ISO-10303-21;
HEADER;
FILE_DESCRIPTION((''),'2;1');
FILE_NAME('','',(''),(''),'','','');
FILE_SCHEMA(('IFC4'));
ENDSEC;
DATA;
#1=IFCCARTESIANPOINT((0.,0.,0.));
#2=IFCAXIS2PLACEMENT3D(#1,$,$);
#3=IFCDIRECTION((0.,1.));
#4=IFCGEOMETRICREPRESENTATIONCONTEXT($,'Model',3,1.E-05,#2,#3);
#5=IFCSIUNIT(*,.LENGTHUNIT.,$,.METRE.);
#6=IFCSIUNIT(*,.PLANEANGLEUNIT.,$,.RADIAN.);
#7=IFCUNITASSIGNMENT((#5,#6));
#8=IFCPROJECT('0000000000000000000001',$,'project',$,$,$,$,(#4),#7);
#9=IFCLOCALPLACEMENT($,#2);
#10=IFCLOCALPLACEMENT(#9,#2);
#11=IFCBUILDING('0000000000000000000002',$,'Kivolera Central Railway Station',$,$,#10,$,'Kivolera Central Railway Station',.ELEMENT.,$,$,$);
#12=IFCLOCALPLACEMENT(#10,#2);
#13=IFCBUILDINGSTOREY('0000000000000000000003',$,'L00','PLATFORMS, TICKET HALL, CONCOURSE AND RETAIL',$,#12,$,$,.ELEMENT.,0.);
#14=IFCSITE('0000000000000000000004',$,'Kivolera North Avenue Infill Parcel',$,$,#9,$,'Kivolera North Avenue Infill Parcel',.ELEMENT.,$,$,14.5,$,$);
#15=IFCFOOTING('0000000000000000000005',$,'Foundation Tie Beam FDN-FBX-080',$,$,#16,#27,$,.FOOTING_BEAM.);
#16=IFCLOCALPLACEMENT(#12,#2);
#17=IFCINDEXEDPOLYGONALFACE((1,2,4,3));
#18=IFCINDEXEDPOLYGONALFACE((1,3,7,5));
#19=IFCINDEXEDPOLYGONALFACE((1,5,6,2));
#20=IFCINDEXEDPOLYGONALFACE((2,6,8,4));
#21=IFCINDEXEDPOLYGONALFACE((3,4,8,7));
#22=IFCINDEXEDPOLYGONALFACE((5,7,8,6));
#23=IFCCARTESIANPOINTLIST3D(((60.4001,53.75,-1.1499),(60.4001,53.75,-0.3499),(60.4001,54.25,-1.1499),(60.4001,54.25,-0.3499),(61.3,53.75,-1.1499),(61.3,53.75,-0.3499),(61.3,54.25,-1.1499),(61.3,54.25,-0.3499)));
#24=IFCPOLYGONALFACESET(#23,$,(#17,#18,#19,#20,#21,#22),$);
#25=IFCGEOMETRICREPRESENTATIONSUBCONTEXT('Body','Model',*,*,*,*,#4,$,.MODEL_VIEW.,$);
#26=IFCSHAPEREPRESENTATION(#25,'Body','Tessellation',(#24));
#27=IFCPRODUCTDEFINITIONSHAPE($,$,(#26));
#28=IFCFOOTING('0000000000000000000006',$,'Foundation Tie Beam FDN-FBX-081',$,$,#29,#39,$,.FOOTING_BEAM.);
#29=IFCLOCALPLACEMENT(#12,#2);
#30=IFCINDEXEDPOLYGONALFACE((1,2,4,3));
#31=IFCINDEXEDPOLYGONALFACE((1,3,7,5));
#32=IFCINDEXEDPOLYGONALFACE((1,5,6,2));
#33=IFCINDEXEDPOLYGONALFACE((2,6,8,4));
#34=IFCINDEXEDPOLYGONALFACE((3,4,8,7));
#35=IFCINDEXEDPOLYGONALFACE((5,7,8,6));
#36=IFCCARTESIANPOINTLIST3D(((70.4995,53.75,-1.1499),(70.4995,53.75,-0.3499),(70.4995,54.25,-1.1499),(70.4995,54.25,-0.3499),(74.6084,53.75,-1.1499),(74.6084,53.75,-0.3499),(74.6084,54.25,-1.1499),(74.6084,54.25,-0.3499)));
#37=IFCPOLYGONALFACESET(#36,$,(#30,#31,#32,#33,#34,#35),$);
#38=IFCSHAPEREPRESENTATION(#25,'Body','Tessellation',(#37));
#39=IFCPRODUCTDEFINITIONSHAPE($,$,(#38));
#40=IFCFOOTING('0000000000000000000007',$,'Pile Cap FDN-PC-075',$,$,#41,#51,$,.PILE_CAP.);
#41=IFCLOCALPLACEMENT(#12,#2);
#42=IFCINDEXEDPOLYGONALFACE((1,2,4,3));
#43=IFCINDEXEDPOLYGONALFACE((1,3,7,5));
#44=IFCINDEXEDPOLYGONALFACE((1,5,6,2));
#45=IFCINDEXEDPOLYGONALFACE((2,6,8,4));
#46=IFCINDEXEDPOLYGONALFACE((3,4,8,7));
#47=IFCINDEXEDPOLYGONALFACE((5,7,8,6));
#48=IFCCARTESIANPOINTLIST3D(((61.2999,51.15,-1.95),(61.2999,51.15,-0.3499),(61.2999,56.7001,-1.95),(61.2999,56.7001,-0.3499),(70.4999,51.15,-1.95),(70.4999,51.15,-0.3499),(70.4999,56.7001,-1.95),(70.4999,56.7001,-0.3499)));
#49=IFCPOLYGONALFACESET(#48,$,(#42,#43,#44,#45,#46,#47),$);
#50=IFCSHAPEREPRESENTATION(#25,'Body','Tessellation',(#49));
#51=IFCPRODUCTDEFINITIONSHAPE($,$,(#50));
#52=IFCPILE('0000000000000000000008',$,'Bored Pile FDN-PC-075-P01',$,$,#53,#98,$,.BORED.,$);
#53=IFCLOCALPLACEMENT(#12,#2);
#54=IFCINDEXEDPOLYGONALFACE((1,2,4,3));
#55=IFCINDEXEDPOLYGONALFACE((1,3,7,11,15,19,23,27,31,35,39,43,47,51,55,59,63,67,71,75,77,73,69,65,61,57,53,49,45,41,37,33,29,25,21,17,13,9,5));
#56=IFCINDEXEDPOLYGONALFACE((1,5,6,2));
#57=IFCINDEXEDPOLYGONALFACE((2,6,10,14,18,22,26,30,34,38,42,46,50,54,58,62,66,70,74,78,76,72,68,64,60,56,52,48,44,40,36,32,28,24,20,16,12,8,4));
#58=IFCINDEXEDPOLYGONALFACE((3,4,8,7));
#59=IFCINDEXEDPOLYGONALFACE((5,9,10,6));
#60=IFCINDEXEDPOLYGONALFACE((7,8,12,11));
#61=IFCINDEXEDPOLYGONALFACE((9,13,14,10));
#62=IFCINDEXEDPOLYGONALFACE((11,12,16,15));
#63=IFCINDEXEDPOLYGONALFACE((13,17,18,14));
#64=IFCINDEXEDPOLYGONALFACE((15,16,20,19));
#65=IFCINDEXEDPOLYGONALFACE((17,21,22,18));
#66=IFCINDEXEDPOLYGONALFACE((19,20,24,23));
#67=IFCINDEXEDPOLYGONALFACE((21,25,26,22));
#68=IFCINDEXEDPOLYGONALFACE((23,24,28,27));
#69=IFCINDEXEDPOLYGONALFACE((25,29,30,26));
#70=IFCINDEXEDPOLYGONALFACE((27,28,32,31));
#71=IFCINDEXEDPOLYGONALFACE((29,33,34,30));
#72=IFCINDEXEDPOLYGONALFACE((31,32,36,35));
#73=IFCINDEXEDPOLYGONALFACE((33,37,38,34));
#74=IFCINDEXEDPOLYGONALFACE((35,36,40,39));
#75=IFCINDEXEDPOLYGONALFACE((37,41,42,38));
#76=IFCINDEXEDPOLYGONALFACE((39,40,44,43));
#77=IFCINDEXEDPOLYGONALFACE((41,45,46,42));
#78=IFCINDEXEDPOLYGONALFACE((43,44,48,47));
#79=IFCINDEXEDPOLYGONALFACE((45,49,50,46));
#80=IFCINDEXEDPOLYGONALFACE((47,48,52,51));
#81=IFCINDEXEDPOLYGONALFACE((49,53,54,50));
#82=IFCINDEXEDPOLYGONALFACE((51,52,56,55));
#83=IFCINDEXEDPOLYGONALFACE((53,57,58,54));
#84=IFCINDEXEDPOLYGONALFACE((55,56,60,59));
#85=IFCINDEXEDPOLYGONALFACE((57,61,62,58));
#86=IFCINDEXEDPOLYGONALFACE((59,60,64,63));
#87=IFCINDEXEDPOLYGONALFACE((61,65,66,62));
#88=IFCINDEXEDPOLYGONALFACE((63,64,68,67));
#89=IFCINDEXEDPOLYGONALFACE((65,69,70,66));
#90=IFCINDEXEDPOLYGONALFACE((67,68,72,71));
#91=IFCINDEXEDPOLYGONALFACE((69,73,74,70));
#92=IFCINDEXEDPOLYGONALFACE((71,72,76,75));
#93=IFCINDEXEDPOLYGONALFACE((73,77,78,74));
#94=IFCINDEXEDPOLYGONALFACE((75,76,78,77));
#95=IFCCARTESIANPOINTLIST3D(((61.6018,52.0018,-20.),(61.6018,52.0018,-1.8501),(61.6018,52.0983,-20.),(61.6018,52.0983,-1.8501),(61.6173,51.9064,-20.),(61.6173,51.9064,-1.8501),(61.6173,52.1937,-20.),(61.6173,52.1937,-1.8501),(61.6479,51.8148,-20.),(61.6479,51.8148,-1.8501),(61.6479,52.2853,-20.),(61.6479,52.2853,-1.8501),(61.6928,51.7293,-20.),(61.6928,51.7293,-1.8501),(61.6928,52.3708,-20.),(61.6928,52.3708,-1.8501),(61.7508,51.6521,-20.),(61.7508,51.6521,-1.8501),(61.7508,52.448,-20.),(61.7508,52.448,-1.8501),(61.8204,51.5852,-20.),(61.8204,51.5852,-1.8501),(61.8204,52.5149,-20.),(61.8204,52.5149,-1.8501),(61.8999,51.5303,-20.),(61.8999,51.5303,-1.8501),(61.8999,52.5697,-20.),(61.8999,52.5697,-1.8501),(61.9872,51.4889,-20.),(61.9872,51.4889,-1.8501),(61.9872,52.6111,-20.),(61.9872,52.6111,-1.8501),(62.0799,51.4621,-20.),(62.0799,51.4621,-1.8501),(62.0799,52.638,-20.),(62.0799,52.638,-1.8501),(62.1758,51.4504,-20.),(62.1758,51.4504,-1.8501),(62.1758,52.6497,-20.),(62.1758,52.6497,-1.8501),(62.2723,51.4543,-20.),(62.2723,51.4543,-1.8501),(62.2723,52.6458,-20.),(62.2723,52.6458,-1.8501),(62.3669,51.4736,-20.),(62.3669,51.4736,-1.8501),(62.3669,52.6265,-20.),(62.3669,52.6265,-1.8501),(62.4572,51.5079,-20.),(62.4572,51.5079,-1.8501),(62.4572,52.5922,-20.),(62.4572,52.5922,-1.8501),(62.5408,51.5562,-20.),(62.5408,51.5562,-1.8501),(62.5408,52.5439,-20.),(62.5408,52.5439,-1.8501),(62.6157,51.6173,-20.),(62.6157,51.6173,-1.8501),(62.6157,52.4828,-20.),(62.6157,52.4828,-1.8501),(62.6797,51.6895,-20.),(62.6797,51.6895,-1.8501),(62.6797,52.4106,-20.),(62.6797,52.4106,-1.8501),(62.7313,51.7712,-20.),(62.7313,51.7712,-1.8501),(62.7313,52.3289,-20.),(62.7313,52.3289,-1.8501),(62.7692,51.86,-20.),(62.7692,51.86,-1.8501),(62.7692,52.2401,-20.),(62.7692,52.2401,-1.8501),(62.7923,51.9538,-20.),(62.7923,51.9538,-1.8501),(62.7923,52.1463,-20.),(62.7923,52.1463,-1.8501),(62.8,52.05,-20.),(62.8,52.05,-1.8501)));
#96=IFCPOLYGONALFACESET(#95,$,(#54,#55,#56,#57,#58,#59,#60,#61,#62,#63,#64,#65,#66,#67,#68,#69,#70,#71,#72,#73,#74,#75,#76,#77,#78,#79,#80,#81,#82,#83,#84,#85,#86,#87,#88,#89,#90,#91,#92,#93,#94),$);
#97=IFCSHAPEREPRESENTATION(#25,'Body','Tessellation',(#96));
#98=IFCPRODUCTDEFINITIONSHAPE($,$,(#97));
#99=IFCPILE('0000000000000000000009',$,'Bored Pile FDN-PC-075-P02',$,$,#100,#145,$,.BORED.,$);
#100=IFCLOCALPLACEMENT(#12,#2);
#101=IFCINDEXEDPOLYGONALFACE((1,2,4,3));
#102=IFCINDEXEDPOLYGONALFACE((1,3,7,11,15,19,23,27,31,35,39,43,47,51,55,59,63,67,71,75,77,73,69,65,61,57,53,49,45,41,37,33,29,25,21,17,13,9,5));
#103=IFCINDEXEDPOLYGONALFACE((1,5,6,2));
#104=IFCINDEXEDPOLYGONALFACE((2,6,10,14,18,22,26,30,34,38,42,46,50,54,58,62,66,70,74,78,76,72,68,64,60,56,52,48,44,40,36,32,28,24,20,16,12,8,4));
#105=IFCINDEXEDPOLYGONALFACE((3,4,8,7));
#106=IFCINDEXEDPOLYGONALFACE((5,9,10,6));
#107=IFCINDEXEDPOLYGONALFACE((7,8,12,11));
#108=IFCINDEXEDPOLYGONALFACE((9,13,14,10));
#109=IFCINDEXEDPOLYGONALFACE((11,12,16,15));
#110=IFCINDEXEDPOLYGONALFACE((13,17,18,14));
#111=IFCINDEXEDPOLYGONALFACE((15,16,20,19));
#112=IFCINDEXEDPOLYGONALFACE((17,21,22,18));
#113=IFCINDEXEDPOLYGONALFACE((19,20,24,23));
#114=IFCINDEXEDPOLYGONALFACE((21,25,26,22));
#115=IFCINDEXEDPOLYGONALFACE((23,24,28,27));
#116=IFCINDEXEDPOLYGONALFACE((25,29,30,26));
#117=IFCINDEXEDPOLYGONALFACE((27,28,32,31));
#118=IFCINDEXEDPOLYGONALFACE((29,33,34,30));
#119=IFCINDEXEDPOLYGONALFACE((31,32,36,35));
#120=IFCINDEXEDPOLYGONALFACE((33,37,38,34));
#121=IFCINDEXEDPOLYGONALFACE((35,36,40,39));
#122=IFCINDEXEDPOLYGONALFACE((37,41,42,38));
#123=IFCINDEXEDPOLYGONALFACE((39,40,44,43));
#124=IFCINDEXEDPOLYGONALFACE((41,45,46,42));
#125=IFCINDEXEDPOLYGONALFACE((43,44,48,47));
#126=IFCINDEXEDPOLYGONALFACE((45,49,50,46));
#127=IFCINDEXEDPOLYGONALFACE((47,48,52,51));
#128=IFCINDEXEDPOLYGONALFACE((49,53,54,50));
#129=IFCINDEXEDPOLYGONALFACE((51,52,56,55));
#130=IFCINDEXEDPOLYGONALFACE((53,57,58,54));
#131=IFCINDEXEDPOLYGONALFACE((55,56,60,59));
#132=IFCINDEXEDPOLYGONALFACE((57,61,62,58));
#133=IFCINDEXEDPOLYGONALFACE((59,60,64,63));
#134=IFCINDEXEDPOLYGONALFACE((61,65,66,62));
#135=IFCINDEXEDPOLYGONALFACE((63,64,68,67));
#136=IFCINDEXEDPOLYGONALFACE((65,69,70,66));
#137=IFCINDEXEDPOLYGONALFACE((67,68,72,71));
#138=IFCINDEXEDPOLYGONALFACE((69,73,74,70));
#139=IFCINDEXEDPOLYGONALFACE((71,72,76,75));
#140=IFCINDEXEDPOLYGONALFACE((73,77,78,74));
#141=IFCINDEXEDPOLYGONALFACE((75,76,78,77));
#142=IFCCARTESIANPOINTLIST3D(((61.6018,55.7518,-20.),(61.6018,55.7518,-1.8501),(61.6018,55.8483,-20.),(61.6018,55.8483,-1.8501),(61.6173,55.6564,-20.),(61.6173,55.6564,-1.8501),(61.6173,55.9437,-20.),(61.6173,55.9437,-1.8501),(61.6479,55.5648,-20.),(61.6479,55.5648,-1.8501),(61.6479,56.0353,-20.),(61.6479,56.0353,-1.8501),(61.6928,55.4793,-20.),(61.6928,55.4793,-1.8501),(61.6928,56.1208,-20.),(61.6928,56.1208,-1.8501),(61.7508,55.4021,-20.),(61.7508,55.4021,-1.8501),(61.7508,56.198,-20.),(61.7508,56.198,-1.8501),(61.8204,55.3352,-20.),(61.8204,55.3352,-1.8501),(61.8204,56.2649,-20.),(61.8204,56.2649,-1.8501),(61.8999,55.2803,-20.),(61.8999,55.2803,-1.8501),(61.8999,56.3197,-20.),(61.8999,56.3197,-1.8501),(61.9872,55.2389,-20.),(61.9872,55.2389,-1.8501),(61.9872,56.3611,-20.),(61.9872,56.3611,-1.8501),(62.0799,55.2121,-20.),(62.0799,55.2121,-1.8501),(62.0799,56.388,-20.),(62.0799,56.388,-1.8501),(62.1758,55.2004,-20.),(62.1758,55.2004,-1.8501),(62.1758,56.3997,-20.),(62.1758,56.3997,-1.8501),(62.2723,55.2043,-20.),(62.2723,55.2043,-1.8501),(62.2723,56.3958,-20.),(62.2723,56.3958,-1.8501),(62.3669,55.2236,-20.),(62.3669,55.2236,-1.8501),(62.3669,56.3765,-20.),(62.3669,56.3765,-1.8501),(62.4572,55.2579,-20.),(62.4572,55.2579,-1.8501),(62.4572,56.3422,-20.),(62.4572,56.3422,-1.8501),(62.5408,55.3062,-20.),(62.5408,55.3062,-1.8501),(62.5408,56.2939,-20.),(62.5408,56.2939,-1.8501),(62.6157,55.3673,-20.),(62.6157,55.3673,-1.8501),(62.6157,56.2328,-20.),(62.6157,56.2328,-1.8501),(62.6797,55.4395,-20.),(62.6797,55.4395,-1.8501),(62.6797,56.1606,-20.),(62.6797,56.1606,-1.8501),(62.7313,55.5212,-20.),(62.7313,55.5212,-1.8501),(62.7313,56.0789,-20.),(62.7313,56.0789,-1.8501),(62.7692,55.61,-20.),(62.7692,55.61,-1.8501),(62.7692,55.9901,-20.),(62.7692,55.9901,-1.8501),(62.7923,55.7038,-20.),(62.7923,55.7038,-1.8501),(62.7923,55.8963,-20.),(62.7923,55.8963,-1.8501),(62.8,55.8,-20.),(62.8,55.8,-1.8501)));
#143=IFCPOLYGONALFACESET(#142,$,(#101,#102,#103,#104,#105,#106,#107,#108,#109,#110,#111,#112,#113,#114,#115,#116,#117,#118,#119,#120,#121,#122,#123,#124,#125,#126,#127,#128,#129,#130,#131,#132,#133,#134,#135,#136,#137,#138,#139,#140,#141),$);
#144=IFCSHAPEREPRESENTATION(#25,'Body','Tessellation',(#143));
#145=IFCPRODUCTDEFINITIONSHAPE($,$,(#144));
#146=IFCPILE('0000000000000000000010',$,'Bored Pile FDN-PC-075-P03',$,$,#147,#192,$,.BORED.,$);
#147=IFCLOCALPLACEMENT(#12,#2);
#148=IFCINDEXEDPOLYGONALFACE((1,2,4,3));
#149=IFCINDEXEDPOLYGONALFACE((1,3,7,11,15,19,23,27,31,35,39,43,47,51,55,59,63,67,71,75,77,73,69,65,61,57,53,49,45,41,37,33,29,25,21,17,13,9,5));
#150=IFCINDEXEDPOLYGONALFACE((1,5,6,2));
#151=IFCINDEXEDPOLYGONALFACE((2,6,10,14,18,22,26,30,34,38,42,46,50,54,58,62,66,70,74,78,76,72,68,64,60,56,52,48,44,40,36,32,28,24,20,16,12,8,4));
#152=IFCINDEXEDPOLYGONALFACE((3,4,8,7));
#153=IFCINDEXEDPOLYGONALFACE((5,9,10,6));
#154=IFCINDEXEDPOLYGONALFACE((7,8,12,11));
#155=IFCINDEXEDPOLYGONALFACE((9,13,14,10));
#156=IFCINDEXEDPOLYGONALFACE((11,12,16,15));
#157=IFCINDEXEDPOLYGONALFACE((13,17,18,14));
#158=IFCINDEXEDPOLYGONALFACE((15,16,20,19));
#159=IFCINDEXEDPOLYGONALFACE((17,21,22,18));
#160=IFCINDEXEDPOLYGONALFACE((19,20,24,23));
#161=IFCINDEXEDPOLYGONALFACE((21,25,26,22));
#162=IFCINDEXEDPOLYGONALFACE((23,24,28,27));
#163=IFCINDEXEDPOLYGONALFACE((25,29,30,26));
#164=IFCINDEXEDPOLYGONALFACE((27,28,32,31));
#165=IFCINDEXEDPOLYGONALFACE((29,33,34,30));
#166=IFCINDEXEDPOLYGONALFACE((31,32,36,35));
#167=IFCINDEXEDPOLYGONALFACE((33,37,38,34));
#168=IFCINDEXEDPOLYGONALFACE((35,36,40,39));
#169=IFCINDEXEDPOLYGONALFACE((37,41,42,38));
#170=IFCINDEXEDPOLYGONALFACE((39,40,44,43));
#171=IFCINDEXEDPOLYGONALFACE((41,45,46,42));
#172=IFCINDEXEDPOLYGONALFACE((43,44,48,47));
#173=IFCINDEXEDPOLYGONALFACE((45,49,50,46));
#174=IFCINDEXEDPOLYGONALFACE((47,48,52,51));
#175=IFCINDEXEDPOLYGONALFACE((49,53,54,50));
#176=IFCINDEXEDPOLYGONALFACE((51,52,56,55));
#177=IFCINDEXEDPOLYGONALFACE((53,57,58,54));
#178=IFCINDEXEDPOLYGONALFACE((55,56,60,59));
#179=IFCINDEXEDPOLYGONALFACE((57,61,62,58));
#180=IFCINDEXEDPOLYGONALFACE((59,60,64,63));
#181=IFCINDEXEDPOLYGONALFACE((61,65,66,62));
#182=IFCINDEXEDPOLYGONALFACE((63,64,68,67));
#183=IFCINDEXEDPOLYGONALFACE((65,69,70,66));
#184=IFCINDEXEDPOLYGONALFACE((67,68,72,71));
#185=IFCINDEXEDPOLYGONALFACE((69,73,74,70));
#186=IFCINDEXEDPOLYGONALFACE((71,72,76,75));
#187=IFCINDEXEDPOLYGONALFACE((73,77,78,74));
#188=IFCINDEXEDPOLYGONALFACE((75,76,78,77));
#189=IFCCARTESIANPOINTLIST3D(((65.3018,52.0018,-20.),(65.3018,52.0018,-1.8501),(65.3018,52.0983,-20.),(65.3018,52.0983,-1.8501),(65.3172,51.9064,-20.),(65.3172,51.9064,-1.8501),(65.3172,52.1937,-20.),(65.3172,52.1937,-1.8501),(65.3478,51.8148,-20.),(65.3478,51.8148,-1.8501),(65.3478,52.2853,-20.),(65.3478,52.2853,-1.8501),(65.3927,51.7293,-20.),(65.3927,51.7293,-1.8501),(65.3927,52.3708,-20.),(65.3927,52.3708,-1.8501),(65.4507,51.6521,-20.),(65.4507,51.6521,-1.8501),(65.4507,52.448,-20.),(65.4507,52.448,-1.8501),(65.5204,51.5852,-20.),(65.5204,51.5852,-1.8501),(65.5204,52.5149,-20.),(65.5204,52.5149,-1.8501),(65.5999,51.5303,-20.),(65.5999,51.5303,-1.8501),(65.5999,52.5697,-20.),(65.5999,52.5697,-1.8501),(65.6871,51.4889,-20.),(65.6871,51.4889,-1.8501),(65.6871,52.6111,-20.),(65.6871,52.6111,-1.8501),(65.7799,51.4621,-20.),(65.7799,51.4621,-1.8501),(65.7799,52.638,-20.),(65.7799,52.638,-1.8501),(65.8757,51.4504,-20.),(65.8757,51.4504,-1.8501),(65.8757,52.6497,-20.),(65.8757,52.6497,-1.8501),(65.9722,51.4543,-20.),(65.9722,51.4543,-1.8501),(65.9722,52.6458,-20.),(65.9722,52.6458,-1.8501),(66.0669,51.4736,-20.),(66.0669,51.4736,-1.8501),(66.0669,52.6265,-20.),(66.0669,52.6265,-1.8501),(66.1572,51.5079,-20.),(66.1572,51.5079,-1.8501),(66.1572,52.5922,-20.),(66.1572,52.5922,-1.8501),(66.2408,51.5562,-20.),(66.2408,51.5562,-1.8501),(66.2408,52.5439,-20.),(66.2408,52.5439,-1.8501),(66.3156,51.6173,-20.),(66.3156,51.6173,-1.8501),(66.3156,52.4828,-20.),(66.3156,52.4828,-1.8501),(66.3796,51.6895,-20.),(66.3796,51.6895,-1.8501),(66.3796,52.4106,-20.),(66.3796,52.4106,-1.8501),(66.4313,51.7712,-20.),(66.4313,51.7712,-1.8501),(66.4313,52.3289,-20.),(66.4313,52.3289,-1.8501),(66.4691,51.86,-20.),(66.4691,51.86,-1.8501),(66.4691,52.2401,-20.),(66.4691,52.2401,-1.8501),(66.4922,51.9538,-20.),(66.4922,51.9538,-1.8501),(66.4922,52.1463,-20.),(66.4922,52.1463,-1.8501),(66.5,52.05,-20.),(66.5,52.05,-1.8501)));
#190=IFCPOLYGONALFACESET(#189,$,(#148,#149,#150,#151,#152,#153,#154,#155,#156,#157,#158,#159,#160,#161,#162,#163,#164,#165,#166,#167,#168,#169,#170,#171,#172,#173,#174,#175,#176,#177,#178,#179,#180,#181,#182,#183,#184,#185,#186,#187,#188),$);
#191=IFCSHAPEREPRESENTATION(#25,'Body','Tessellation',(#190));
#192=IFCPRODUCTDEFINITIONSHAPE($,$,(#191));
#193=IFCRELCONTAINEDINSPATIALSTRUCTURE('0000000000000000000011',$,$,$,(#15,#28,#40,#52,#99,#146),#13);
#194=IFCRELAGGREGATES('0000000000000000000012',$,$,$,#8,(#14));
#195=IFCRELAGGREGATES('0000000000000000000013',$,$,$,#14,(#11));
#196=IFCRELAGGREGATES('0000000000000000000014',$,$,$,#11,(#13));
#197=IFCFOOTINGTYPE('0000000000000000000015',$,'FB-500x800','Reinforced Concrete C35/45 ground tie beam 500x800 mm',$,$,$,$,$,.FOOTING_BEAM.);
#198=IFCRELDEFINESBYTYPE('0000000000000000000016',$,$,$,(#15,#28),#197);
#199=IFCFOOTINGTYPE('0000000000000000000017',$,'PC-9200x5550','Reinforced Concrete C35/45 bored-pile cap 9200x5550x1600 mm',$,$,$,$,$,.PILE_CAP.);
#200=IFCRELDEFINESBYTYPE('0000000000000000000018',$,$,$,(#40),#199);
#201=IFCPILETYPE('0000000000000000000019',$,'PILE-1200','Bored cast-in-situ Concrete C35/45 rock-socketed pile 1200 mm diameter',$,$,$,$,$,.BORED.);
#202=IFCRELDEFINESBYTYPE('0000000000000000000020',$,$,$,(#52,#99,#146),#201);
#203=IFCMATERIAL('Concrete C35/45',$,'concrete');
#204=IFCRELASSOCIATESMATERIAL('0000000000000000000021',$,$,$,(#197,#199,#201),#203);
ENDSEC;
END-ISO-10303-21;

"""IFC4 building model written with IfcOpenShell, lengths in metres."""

from ifc_helpers import new_model, si_unit, direction, frame, origin, origin_2d, place, context, subcontext, project, spatial, rectangle, circle, extrude, material, material_profile, profile_set, type_object, element, save


model = new_model("IFC4")

# Units and contexts
model_context = context("Model", 3, precision=1e-05, world=origin(), true_north=direction((0.0, 1.0)))
body_context = subcontext(model_context, "Body", "Model", "MODEL_VIEW")
ifc_project = project(units=[si_unit("LENGTHUNIT", "METRE"), si_unit("PLANEANGLEUNIT", "RADIAN")], contexts=[model_context])

# Site, building, storey
site_placement = place(None, origin())
site = spatial("IfcSite", under=ifc_project, at=site_placement, Name="Kivolera North Avenue Infill Parcel", LongName="Kivolera North Avenue Infill Parcel", CompositionType="ELEMENT", RefElevation=14.5)
building_placement = place(site_placement, origin())
building = spatial("IfcBuilding", under=site, at=building_placement, Name="Kivolera Central Railway Station", LongName="Kivolera Central Railway Station", CompositionType="ELEMENT")
storey_placement = place(building_placement, origin())
storey = spatial("IfcBuildingStorey", under=building, at=storey_placement, Name="L00", Description="PLATFORMS, TICKET HALL, CONCOURSE AND RETAIL", CompositionType="ELEMENT", Elevation=0.0)

# Footings
ifc_material_1 = material(Name="Concrete C35/45", Category="concrete")
footing_type_1 = type_object("IfcFootingType", Name="FB-500x800", Description="Reinforced Concrete C35/45 ground tie beam 500x800 mm", PredefinedType="FOOTING_BEAM", material=ifc_material_1)
footing_1_placement = place(storey_placement, frame((60.8501, 54.0, -1.1499), z_axis=(0.0, 0.0, 1.0), x_axis=(1.0, 0.0, 0.0)))
element("IfcFooting", 1, at=footing_1_placement, inside=storey, type_object=footing_type_1, Name="Foundation Tie Beam FDN-FBX-080", PredefinedType="FOOTING_BEAM", context=body_context, shape_type="SweptSolid", body=[
    extrude(rectangle(XDim=0.8999, YDim=0.5, at=origin_2d()), origin(), (0.0, 0.0, 1.0), 0.8),
])
footing_2_placement = place(storey_placement, frame((72.554, 54.0, -1.1499), z_axis=(0.0, 0.0, 1.0), x_axis=(1.0, 0.0, 0.0)))
element("IfcFooting", 2, at=footing_2_placement, inside=storey, type_object=footing_type_1, Name="Foundation Tie Beam FDN-FBX-081", PredefinedType="FOOTING_BEAM", context=body_context, shape_type="SweptSolid", body=[
    extrude(rectangle(XDim=4.1089, YDim=0.5, at=origin_2d()), origin(), (0.0, 0.0, 1.0), 0.8),
])
footing_type_2 = type_object("IfcFootingType", Name="PC-9200x5550", Description="Reinforced Concrete C35/45 bored-pile cap 9200x5550x1600 mm", PredefinedType="PILE_CAP", material=ifc_material_1)
footing_3_placement = place(storey_placement, frame((65.8999, 53.925, -1.95), z_axis=(0.0, 0.0, 1.0), x_axis=(1.0, 0.0, 0.0)))
element("IfcFooting", 3, at=footing_3_placement, inside=storey, type_object=footing_type_2, Name="Pile Cap FDN-PC-075", PredefinedType="PILE_CAP", context=body_context, shape_type="SweptSolid", body=[
    extrude(rectangle(XDim=9.2, YDim=5.55, at=origin_2d()), origin(), (0.0, 0.0, 1.0), 1.6001),
])

# Piles
ifc_material_profile_1 = material_profile(ifc_material_1, circle(Radius=0.6001, at=origin_2d()), Name="PILE D1200")
ifc_profile_set_1 = profile_set([ifc_material_profile_1], Name="Concrete C35/45")
pile_type = type_object("IfcPileType", Name="PILE-1200", Description="Bored cast-in-situ Concrete C35/45 rock-socketed pile 1200 mm diameter", PredefinedType="BORED", material=ifc_profile_set_1)
for number, where, z_axis, x_axis, name in (
    (4, (62.2, 52.05, -1.8501), (0.0, 0.0, -1.0), (1.0, 0.0, 0.0), "Bored Pile FDN-PC-075-P01"),
    (5, (62.2, 55.8, -1.8501), (0.0, 0.0, -1.0), (1.0, 0.0, 0.0), "Bored Pile FDN-PC-075-P02"),
    (6, (65.8999, 52.05, -1.8501), (0.0, 0.0, -1.0), (1.0, 0.0, 0.0), "Bored Pile FDN-PC-075-P03"),
):
    element("IfcPile", number, at=place(storey_placement, frame(where, z_axis=z_axis, x_axis=x_axis)), inside=storey, type_object=pile_type, Name=name, PredefinedType="BORED", context=body_context, shape_type="SweptSolid", body=[
        extrude(circle(Radius=0.6001, at=origin_2d()), origin(), (0.0, 0.0, 1.0), 18.1499),
    ])

save(model, "model.ifc")
